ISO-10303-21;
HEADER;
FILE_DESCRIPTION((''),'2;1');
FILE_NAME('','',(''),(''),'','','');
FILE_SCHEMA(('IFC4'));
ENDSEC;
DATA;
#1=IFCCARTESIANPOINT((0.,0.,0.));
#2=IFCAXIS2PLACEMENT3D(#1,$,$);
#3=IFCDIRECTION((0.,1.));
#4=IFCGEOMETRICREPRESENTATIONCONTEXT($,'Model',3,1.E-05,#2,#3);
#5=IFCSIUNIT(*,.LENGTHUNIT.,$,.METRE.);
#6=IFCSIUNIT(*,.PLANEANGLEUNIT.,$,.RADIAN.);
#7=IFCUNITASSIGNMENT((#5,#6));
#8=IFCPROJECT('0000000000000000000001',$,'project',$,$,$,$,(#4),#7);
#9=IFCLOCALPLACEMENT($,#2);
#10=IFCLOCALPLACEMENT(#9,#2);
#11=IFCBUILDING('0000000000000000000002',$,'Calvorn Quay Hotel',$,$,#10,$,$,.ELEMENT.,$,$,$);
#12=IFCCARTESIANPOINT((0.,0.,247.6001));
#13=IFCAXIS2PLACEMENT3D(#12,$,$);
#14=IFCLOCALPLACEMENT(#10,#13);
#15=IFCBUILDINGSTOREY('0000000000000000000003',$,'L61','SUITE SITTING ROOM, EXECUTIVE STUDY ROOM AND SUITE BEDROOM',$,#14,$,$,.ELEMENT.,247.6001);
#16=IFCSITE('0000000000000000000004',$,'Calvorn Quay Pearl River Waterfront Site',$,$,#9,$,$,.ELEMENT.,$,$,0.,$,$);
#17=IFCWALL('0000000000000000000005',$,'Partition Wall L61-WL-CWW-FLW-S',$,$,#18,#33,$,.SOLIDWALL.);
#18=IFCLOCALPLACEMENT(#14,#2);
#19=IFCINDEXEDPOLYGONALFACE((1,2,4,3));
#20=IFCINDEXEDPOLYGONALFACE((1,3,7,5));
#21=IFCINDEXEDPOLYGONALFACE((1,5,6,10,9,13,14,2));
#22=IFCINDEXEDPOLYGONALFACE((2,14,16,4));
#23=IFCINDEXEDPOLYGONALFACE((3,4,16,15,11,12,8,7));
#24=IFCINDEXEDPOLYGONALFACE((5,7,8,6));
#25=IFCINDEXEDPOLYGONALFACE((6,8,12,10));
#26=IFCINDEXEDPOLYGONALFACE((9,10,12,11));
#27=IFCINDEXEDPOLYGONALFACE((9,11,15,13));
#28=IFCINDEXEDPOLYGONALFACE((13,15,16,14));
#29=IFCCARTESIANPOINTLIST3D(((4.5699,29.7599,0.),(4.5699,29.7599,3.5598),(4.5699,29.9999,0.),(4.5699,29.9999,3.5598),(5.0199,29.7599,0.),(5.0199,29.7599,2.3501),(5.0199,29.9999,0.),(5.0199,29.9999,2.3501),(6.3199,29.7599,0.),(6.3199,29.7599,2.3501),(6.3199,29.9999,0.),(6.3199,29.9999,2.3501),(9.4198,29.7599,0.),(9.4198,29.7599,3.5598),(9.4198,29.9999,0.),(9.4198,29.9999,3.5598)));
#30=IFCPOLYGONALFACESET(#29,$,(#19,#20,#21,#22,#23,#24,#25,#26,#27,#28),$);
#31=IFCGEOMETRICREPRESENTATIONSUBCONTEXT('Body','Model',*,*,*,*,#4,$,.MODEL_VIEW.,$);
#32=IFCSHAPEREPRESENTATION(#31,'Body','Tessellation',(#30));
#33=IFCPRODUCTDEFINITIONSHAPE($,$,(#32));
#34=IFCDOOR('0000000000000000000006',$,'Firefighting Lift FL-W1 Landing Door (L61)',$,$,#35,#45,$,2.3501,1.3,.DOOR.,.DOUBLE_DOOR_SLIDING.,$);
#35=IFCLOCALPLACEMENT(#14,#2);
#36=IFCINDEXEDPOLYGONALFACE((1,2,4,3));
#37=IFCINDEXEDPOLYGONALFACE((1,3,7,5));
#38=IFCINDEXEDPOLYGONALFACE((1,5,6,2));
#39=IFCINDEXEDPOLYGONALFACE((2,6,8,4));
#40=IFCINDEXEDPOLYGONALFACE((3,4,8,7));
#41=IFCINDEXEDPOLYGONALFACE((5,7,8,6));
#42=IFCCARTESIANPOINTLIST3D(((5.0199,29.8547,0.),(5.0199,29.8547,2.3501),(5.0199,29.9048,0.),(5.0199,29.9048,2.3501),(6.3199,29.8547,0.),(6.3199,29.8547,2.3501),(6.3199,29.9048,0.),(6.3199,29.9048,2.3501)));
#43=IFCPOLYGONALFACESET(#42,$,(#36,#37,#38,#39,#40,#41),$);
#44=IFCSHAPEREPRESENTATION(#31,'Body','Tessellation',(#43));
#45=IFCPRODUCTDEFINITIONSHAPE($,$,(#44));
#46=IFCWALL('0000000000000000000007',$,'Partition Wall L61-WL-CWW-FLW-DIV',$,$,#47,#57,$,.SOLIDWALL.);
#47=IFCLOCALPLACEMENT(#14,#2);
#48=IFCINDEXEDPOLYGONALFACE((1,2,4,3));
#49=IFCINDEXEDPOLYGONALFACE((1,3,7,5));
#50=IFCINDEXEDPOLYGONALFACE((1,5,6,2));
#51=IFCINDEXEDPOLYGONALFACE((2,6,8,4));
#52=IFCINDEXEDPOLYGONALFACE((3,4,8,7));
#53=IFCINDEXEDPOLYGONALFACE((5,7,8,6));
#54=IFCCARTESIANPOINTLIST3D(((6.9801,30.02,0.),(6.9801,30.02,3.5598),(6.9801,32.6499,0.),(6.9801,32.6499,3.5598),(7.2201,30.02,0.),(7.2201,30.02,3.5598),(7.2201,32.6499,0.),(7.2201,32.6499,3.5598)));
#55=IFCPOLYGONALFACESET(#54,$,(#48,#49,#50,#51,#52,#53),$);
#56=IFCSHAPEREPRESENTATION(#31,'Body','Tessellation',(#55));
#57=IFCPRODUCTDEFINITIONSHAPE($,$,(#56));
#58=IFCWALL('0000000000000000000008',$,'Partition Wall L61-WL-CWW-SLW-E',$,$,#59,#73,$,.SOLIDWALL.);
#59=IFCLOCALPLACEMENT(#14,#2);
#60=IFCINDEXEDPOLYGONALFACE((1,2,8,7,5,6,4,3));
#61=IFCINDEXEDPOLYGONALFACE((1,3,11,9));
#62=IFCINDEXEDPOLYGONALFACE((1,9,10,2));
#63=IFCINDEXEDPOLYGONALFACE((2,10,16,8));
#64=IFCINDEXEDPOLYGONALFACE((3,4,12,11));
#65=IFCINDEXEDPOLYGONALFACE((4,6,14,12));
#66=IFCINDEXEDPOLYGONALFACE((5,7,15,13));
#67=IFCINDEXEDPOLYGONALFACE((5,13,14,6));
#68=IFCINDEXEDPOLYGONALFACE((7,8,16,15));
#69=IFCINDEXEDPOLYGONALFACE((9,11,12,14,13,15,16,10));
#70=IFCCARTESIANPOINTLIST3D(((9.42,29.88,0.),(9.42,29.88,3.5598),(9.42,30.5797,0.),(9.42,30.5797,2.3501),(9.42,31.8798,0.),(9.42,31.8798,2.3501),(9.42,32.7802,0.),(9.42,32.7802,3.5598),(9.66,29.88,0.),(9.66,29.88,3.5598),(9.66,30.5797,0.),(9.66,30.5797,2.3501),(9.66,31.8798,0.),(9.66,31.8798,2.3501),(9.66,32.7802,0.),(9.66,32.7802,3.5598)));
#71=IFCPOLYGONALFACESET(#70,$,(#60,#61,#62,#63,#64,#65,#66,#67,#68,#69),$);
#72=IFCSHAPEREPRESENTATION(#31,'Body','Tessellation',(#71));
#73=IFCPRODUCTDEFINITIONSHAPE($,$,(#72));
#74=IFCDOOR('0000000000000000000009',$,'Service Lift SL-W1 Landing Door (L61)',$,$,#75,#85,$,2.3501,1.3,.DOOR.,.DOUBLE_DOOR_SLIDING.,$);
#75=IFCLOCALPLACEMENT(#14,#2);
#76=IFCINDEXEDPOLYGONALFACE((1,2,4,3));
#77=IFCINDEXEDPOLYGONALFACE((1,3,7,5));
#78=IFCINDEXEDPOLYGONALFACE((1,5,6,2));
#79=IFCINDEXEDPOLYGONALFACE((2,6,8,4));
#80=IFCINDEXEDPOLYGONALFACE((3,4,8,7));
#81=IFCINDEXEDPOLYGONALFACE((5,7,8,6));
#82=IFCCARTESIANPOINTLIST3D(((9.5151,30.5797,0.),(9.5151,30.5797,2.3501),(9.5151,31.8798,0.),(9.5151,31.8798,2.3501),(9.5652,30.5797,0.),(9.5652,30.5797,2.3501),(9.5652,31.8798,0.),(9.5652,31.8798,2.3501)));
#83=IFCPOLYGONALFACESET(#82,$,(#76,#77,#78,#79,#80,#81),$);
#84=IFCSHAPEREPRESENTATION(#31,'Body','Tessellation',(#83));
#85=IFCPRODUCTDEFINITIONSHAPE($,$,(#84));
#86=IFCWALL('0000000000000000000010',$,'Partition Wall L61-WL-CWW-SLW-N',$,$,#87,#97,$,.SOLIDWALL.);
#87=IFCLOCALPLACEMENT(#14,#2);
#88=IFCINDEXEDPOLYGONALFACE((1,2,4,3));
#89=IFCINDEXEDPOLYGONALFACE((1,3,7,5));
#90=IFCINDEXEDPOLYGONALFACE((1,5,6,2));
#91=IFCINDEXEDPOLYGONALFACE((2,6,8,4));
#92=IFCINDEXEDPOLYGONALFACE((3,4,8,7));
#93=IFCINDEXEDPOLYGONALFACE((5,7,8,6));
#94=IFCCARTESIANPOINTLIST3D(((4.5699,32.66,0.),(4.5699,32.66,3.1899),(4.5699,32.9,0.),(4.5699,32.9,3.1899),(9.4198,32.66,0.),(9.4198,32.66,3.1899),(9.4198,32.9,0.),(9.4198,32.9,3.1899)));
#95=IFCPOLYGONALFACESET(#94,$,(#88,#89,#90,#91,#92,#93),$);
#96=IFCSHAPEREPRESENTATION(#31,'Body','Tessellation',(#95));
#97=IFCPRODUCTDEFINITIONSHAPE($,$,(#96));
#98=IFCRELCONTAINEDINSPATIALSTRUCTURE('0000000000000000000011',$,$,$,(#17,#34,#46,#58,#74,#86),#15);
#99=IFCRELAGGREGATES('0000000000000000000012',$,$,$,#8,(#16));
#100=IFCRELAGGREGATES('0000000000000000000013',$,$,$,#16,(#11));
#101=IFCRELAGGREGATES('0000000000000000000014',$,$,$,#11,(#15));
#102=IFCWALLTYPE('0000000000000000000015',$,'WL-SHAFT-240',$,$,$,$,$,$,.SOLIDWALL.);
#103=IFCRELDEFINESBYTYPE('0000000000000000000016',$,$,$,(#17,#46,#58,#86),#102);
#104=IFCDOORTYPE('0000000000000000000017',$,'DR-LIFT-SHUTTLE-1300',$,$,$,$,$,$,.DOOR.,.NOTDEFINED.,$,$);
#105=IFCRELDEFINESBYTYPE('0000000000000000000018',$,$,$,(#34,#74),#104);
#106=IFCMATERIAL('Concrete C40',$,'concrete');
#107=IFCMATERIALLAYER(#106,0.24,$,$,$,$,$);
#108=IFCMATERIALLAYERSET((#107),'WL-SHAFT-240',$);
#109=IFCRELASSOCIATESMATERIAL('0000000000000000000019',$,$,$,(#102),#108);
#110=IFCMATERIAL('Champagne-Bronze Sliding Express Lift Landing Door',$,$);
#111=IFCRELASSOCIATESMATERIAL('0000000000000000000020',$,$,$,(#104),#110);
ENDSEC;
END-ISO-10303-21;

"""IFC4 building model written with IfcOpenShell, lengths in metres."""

from ifc_helpers import new_model, si_unit, direction, frame, frame_2d, origin, place, context, subcontext, project, spatial, rectangle, extrude, material, layer, layer_set, type_object, element, fill, save


model = new_model("IFC4")

# Units and contexts
model_context = context("Model", 3, precision=1e-05, world=origin(), true_north=direction((0.0, 1.0)))
body_context = subcontext(model_context, "Body", "Model", "MODEL_VIEW")
ifc_project = project(units=[si_unit("LENGTHUNIT", "METRE"), si_unit("PLANEANGLEUNIT", "RADIAN")], contexts=[model_context])

# Site, building, storey
site_placement = place(None, origin())
site = spatial("IfcSite", under=ifc_project, at=site_placement, Name="Calvorn Quay Pearl River Waterfront Site", CompositionType="ELEMENT", RefElevation=0.0)
building_placement = place(site_placement, origin())
building = spatial("IfcBuilding", under=site, at=building_placement, Name="Calvorn Quay Hotel", CompositionType="ELEMENT")
storey_placement = place(building_placement, frame((0.0, 0.0, 247.6001)))
storey = spatial("IfcBuildingStorey", under=building, at=storey_placement, Name="L61", Description="SUITE SITTING ROOM, EXECUTIVE STUDY ROOM AND SUITE BEDROOM", CompositionType="ELEMENT", Elevation=247.6001)

# Wall, opening, door
ifc_material_1 = material(Name="Concrete C40", Category="concrete")
ifc_layer_1 = layer(ifc_material_1, 0.24)
ifc_layer_set_1 = layer_set([ifc_layer_1], Name="WL-SHAFT-240")
wall_type = type_object("IfcWallType", Name="WL-SHAFT-240", PredefinedType="SOLIDWALL", material=ifc_layer_set_1)
wall_1_placement = place(storey_placement, frame((4.5701, 29.8799, 0.0), z_axis=(0.0, 0.0, 1.0), x_axis=(1.0, 0.0, 0.0)))
wall_1 = element("IfcWall", 1, at=wall_1_placement, inside=storey, type_object=wall_type, Name="Partition Wall L61-WL-CWW-FLW-S", PredefinedType="SOLIDWALL", context=body_context, shape_type="SweptSolid", body=[
    extrude(rectangle(XDim=4.8499, YDim=0.24, at=frame_2d((2.4248, 0.0))), origin(), (0.0, 0.0, 1.0), 3.5598),
])
opening_1_placement = place(wall_1_placement, frame((0.45, 0.0, 0.0)))
opening_1 = element("IfcOpeningElement", 2, at=opening_1_placement, cuts=wall_1, PredefinedType="OPENING", context=body_context, shape_type="SweptSolid", body=[
    extrude(rectangle(XDim=1.3, YDim=2.3501, at=frame_2d((0.6499, 1.175))), frame((0.0, 0.1299, 0.0), z_axis=(0.0, -1.0, 0.0), x_axis=(1.0, 0.0, 0.0)), (0.0, 0.0, 1.0), 0.26),
])
ifc_material_2 = material(Name="Champagne-Bronze Sliding Express Lift Landing Door")
door_type_1 = type_object("IfcDoorType", Name="DR-LIFT-SHUTTLE-1300", OperationType="NOTDEFINED", PredefinedType="DOOR", material=ifc_material_2)
door_1_placement = place(opening_1_placement, origin())
door_1 = element("IfcDoor", 3, at=door_1_placement, inside=storey, type_object=door_type_1, Name="Firefighting Lift FL-W1 Landing Door (L61)", OperationType="DOUBLE_DOOR_SLIDING", OverallHeight=2.3501, OverallWidth=1.3, PredefinedType="DOOR", context=body_context, shape_type="SweptSolid", body=[
    extrude(rectangle(XDim=1.3, YDim=2.3501, at=frame_2d((0.6499, 1.175))), frame((0.0, 0.0249, 0.0), z_axis=(0.0, -1.0, 0.0), x_axis=(1.0, 0.0, 0.0)), (0.0, 0.0, 1.0), 0.05),
])
fill(opening_1, door_1)

# Wall
wall_2_placement = place(storey_placement, frame((7.1001, 30.02, 0.0), z_axis=(0.0, 0.0, 1.0), x_axis=(0.0, 1.0, 0.0)))
element("IfcWall", 4, at=wall_2_placement, inside=storey, type_object=wall_type, Name="Partition Wall L61-WL-CWW-FLW-DIV", PredefinedType="SOLIDWALL", context=body_context, shape_type="SweptSolid", body=[
    extrude(rectangle(XDim=2.6299, YDim=0.24, at=frame_2d((1.3149, 0.0))), origin(), (0.0, 0.0, 1.0), 3.5598),
])

# Wall, opening, door
wall_3_placement = place(storey_placement, frame((9.54, 29.8799, 0.0), z_axis=(0.0, 0.0, 1.0), x_axis=(0.0, 1.0, 0.0)))
wall_3 = element("IfcWall", 5, at=wall_3_placement, inside=storey, type_object=wall_type, Name="Partition Wall L61-WL-CWW-SLW-E", PredefinedType="SOLIDWALL", context=body_context, shape_type="SweptSolid", body=[
    extrude(rectangle(XDim=2.9001, YDim=0.24, at=frame_2d((1.4502, 0.0))), origin(), (0.0, 0.0, 1.0), 3.5598),
])
opening_2_placement = place(wall_3_placement, frame((0.7, 0.0, 0.0)))
opening_2 = element("IfcOpeningElement", 6, at=opening_2_placement, cuts=wall_3, PredefinedType="OPENING", context=body_context, shape_type="SweptSolid", body=[
    extrude(rectangle(XDim=1.3, YDim=2.3501, at=frame_2d((0.6499, 1.175))), frame((0.0, 0.1299, 0.0), z_axis=(0.0, -1.0, 0.0), x_axis=(1.0, 0.0, 0.0)), (0.0, 0.0, 1.0), 0.26),
])
door_2_placement = place(opening_2_placement, origin())
door_2 = element("IfcDoor", 7, at=door_2_placement, inside=storey, type_object=door_type_1, Name="Service Lift SL-W1 Landing Door (L61)", OperationType="DOUBLE_DOOR_SLIDING", OverallHeight=2.3501, OverallWidth=1.3, PredefinedType="DOOR", context=body_context, shape_type="SweptSolid", body=[
    extrude(rectangle(XDim=1.3, YDim=2.3501, at=frame_2d((0.6499, 1.175))), frame((0.0, 0.0249, 0.0), z_axis=(0.0, -1.0, 0.0), x_axis=(1.0, 0.0, 0.0)), (0.0, 0.0, 1.0), 0.05),
])
fill(opening_2, door_2)

# Wall
wall_4_placement = place(storey_placement, frame((4.5701, 32.78, 0.0), z_axis=(0.0, 0.0, 1.0), x_axis=(1.0, 0.0, 0.0)))
element("IfcWall", 8, at=wall_4_placement, inside=storey, type_object=wall_type, Name="Partition Wall L61-WL-CWW-SLW-N", PredefinedType="SOLIDWALL", context=body_context, shape_type="SweptSolid", body=[
    extrude(rectangle(XDim=4.8499, YDim=0.24, at=frame_2d((2.4248, 0.0))), origin(), (0.0, 0.0, 1.0), 3.1899),
])

save(model, "model.ifc")
